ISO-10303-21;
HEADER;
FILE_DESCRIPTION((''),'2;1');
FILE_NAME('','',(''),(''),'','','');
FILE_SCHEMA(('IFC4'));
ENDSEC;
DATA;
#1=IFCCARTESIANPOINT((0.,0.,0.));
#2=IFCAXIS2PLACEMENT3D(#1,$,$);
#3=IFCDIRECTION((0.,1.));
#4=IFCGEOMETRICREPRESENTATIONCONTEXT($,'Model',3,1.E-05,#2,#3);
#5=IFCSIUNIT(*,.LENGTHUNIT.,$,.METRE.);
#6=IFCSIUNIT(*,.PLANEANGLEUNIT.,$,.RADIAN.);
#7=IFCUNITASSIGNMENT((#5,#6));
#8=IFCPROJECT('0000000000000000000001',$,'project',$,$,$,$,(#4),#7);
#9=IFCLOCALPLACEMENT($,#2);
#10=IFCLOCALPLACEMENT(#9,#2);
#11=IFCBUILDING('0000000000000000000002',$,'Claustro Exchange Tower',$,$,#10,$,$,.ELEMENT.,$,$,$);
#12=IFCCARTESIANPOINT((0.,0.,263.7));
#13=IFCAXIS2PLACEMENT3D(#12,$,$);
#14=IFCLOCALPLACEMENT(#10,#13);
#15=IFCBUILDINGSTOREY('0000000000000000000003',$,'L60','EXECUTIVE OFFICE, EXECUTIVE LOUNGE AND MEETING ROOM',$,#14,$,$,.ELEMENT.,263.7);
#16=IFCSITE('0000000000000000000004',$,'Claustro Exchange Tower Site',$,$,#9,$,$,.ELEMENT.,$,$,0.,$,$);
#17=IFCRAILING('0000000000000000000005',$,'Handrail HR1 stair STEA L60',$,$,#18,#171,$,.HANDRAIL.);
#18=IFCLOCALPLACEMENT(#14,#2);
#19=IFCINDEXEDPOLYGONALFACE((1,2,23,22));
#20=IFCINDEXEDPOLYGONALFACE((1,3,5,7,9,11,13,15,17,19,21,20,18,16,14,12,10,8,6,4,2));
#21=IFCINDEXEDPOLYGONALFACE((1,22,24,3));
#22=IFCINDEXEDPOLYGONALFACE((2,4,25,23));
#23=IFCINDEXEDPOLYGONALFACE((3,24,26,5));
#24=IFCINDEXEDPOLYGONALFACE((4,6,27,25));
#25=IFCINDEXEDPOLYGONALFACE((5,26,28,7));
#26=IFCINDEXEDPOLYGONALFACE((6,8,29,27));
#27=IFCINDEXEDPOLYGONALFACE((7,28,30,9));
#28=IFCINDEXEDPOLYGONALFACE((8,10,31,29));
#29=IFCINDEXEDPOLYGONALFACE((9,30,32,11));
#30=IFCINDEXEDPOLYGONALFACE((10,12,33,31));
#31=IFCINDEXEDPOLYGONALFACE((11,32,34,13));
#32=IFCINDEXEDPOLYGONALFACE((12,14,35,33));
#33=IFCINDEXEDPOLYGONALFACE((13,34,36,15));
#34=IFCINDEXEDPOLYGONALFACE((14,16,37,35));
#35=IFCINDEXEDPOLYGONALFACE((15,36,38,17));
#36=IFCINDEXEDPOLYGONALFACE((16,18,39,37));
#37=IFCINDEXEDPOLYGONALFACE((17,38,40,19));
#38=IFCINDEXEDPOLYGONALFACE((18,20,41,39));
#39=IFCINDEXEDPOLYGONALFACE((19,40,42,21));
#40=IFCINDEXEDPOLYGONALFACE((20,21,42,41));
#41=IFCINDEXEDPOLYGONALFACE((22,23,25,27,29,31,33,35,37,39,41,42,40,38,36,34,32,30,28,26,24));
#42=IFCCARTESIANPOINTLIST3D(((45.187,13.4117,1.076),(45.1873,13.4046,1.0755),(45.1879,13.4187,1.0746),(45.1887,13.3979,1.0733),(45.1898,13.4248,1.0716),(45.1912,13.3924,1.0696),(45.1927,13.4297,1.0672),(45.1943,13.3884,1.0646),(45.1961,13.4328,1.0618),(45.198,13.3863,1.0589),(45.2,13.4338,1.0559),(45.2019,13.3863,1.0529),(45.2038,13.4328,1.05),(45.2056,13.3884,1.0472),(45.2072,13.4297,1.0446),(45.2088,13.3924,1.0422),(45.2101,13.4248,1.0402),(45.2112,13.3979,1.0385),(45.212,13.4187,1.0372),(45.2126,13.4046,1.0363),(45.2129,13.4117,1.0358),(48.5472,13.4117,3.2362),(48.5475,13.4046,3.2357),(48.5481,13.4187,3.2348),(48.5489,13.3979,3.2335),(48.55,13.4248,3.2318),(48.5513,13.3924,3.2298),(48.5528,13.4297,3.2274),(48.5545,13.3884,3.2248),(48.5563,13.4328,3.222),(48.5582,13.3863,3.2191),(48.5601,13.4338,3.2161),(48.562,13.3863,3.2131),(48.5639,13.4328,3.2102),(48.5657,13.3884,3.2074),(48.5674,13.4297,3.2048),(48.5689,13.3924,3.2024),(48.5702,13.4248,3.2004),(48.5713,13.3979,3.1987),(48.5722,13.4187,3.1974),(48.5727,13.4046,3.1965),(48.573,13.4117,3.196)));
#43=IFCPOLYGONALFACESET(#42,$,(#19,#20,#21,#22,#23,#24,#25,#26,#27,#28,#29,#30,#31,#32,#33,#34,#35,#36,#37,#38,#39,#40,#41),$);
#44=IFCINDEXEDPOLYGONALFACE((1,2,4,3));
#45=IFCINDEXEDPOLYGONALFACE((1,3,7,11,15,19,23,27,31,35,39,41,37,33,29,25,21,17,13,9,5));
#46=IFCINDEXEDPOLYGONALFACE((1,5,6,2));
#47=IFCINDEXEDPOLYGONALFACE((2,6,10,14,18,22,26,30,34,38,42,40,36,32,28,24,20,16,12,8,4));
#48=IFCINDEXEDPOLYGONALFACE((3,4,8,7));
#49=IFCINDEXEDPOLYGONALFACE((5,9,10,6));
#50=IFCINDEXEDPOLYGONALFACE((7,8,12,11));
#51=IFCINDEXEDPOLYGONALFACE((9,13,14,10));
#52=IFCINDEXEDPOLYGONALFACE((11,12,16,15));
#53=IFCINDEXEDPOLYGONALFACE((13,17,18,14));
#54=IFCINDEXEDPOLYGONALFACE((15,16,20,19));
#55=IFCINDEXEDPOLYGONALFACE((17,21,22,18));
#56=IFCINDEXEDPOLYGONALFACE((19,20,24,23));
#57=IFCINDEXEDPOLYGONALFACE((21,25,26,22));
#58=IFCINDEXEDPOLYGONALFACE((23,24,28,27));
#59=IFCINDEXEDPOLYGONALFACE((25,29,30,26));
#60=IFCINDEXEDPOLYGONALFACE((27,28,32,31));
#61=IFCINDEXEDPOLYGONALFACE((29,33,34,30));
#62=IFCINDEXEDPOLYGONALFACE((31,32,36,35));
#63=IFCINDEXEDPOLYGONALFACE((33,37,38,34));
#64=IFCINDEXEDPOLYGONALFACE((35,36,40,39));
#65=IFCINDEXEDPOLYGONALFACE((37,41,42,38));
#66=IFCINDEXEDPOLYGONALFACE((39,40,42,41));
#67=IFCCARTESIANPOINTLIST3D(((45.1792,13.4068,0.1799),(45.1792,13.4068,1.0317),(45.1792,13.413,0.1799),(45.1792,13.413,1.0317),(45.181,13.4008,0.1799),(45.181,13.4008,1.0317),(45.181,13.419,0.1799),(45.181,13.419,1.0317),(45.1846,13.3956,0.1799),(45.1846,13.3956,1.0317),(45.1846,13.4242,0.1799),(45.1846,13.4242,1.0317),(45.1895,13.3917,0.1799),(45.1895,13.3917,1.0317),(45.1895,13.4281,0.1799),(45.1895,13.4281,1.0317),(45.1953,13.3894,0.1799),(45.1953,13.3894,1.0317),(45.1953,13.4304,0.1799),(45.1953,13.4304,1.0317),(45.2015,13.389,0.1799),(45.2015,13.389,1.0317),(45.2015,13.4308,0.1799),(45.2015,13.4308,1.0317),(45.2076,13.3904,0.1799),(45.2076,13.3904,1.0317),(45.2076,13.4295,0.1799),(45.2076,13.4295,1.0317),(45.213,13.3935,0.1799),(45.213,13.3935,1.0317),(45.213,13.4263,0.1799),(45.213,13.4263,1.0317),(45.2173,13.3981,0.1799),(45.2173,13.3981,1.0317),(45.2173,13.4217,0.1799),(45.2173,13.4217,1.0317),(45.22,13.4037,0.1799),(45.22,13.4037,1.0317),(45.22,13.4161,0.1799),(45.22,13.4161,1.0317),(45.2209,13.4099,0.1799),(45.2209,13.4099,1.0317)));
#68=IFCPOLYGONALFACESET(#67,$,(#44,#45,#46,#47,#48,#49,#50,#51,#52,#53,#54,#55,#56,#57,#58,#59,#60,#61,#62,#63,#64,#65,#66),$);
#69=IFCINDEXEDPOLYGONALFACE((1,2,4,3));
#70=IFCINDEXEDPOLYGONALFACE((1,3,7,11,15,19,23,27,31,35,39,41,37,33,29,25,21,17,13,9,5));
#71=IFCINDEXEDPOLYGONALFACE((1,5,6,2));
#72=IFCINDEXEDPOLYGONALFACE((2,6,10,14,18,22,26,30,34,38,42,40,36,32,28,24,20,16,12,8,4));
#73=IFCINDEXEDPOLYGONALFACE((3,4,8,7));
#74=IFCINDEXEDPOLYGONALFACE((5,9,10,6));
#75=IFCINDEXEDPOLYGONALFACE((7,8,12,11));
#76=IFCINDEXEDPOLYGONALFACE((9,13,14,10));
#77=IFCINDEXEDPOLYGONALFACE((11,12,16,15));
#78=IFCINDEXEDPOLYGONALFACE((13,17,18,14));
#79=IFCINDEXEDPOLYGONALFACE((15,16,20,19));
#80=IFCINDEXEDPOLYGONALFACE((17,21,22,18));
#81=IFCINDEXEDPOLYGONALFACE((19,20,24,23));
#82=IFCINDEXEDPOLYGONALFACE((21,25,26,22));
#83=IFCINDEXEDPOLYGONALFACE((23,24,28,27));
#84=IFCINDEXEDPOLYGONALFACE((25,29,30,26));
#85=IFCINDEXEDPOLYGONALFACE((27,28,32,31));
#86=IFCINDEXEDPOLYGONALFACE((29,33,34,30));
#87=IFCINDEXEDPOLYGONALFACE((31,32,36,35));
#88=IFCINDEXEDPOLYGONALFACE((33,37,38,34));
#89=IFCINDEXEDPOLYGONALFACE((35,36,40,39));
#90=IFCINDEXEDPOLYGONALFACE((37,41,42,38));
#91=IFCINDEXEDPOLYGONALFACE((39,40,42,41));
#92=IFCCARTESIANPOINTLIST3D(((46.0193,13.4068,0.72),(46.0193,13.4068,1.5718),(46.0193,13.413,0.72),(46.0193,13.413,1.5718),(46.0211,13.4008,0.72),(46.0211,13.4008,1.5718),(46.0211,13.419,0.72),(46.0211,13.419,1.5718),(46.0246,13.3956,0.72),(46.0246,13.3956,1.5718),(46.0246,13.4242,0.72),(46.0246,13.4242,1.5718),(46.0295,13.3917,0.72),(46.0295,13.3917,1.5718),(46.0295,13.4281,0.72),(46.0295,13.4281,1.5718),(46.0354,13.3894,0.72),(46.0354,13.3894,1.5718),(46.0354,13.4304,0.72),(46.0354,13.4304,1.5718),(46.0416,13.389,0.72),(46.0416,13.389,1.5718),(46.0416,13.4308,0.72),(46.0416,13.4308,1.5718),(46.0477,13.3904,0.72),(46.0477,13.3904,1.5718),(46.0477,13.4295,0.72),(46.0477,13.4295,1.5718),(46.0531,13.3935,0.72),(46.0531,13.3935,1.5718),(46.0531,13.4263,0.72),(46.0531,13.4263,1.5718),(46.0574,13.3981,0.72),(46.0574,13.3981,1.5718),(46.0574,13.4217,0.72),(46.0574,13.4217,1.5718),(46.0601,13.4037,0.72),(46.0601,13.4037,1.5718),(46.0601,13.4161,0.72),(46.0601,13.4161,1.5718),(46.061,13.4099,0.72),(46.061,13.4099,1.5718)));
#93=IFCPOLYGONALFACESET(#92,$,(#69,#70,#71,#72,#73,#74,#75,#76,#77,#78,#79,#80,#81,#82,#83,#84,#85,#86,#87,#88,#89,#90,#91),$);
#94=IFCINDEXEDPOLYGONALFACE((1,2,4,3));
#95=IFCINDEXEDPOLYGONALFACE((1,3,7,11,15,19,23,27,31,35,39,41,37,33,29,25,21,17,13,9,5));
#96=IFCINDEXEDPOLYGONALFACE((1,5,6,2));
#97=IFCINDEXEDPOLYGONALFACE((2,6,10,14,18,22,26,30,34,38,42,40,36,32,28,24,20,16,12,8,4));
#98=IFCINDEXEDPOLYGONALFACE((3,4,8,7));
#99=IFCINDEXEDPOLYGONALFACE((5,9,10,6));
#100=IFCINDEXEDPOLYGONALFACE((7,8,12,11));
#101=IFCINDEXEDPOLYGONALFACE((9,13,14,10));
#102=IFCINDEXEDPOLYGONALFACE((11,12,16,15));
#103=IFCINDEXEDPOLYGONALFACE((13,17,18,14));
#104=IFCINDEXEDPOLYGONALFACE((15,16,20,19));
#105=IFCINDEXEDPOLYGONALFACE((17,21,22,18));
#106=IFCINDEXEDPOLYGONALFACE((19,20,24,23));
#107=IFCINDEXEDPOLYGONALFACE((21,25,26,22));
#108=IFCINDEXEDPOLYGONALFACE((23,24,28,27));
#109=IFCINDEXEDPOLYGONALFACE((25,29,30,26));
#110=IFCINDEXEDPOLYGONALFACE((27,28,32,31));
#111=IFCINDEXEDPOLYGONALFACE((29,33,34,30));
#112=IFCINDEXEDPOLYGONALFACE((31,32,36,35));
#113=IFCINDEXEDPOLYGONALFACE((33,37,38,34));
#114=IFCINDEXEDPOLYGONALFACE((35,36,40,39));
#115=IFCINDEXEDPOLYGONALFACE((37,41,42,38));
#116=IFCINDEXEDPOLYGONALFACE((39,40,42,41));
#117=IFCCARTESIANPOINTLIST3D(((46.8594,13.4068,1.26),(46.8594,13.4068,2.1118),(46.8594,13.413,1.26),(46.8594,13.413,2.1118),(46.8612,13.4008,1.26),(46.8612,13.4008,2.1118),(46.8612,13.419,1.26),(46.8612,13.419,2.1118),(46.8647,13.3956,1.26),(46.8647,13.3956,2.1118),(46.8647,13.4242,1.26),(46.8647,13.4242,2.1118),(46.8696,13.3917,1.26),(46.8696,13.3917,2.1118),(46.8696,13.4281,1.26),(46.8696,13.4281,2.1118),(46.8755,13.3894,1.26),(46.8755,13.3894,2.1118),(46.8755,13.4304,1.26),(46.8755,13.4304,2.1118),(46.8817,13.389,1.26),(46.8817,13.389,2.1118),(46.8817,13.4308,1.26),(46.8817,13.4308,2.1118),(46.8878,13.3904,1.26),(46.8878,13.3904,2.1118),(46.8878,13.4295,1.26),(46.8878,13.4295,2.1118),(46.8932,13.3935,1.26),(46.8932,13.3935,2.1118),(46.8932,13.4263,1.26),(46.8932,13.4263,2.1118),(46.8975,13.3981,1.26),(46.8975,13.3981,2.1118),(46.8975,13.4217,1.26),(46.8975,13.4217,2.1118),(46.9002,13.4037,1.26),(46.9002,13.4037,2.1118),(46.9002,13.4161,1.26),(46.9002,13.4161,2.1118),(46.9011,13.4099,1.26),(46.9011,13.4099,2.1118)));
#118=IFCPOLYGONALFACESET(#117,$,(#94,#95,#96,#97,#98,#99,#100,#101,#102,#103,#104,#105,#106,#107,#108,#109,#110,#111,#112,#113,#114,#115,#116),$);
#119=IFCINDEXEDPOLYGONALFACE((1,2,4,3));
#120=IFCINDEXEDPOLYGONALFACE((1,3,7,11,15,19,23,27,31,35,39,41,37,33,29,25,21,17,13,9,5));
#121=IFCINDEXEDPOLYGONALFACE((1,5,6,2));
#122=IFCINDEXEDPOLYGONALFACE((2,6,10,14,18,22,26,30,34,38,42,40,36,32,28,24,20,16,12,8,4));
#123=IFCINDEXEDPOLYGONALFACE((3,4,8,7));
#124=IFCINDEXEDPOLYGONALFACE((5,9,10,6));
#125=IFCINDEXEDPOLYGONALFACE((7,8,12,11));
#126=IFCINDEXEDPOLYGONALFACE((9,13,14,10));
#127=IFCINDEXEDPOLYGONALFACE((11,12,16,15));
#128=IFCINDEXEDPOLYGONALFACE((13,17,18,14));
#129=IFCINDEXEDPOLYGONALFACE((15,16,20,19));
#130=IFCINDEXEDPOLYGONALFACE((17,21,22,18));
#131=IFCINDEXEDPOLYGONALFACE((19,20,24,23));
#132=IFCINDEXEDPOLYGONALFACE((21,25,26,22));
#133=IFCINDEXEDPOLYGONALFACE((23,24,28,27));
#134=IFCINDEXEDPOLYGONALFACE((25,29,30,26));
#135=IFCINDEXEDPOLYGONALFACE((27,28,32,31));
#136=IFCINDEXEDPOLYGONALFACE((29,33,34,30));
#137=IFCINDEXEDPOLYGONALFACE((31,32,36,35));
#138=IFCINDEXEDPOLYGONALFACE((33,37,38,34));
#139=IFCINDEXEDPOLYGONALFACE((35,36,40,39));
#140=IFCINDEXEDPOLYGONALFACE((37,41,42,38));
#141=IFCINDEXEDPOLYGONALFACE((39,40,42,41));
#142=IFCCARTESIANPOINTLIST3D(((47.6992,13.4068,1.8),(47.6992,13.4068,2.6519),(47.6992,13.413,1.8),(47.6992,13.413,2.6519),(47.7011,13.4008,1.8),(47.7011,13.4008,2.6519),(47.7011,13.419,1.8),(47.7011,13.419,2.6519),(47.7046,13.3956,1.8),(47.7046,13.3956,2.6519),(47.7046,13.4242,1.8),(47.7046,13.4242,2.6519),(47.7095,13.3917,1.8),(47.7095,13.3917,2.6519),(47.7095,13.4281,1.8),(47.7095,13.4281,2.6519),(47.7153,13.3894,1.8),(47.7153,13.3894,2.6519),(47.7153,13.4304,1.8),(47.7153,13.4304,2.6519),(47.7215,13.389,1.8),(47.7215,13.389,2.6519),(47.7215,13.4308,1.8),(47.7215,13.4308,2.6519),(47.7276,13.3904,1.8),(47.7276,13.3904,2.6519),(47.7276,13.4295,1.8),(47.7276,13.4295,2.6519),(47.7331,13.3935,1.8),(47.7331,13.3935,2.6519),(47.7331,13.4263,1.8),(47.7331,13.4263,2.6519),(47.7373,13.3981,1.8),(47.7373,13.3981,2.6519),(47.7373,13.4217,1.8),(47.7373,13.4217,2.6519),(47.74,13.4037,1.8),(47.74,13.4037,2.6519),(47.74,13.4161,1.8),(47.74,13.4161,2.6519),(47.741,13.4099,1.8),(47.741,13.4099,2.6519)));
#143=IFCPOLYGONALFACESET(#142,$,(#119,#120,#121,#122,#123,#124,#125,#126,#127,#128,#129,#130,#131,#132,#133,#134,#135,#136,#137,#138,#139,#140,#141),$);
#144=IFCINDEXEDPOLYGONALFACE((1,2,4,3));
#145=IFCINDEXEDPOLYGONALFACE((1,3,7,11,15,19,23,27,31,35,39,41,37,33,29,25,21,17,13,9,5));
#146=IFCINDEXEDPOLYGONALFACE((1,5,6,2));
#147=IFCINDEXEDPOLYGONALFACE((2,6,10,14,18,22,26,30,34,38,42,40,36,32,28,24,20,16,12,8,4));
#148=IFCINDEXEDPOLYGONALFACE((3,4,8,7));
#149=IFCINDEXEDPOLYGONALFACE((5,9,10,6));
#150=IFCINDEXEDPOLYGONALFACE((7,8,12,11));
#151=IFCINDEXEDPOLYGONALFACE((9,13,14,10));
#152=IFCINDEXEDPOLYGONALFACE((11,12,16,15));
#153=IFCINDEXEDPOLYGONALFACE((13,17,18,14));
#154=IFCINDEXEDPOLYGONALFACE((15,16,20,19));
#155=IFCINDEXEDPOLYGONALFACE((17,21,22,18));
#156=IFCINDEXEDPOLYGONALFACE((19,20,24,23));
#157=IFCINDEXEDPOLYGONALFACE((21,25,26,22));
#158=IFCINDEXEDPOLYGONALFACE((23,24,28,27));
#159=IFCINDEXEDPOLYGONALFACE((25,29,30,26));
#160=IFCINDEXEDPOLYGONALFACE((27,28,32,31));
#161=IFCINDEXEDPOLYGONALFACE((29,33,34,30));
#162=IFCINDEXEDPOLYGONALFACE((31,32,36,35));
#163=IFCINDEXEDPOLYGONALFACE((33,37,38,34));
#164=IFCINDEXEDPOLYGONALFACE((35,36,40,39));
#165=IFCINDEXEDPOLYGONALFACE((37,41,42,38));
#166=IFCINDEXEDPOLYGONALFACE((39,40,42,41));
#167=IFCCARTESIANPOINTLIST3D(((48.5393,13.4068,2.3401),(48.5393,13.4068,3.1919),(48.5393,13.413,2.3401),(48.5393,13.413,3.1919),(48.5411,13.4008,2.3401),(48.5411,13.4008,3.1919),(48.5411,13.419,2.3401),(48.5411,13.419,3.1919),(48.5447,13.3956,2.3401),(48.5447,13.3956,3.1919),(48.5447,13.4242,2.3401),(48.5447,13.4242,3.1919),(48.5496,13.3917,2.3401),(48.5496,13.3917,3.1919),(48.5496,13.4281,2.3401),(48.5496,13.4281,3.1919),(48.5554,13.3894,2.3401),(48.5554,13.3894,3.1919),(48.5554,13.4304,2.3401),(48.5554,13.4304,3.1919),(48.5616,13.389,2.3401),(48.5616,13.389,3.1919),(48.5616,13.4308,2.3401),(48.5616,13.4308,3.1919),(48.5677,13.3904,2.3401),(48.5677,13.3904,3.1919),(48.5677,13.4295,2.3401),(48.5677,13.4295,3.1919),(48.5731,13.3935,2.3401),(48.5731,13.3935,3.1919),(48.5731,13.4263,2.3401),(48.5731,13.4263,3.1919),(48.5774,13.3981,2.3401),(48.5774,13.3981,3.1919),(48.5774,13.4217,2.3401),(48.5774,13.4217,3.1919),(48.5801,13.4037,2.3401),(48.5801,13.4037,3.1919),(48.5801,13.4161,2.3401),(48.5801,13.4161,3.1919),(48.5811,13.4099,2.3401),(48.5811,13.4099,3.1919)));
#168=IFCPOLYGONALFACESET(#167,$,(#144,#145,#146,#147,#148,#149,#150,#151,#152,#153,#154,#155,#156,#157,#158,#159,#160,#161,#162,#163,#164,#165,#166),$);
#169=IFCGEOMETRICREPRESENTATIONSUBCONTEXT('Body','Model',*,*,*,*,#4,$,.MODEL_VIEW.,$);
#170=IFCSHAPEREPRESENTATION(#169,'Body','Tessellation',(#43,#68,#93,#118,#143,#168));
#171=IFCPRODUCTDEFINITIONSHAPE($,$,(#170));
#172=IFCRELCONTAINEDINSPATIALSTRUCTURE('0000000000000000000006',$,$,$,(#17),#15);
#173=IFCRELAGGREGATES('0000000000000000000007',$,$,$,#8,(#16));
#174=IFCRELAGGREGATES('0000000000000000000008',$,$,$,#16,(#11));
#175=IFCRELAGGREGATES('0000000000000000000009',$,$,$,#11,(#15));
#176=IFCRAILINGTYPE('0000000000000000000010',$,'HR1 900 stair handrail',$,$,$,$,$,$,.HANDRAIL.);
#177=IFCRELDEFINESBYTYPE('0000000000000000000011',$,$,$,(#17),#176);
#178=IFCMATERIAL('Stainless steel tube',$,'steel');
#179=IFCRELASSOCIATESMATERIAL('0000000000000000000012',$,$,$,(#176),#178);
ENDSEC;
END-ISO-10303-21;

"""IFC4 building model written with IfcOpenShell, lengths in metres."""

from ifc_helpers import new_model, si_unit, direction, frame, origin, origin_2d, place, context, subcontext, project, spatial, circle, extrude, material, type_object, element, save


model = new_model("IFC4")

# Units and contexts
model_context = context("Model", 3, precision=1e-05, world=origin(), true_north=direction((0.0, 1.0)))
body_context = subcontext(model_context, "Body", "Model", "MODEL_VIEW")
ifc_project = project(units=[si_unit("LENGTHUNIT", "METRE"), si_unit("PLANEANGLEUNIT", "RADIAN")], contexts=[model_context])

# Site, building, storey
site_placement = place(None, origin())
site = spatial("IfcSite", under=ifc_project, at=site_placement, Name="Claustro Exchange Tower Site", CompositionType="ELEMENT", RefElevation=0.0)
building_placement = place(site_placement, origin())
building = spatial("IfcBuilding", under=site, at=building_placement, Name="Claustro Exchange Tower", CompositionType="ELEMENT")
storey_placement = place(building_placement, frame((0.0, 0.0, 263.7)))
storey = spatial("IfcBuildingStorey", under=building, at=storey_placement, Name="L60", Description="EXECUTIVE OFFICE, EXECUTIVE LOUNGE AND MEETING ROOM", CompositionType="ELEMENT", Elevation=263.7)

# Railing
ifc_material_1 = material(Name="Stainless steel tube", Category="steel")
railing_type_1 = type_object("IfcRailingType", Name="HR1 900 stair handrail", PredefinedType="HANDRAIL", material=ifc_material_1)
railing_1_placement = place(storey_placement, frame((45.2, 13.4099, 0.1799)))
element("IfcRailing", 1, at=railing_1_placement, inside=storey, type_object=railing_type_1, Name="Handrail HR1 stair STEA L60", PredefinedType="HANDRAIL", context=body_context, shape_type="SweptSolid", body=[
    extrude(circle(Radius=0.0239, at=origin_2d()), frame((0.0, 0.0, 0.876), z_axis=(0.841169, 0.0, 0.540773), x_axis=(0.0, 1.0, 0.0)), (0.0, 0.0, 1.0), 3.9946),
    extrude(circle(Radius=0.021, at=origin_2d()), origin(), (0.0, 0.0, 1.0), 0.8518),
    extrude(circle(Radius=0.021, at=origin_2d()), frame((0.8401, 0.0, 0.54)), (0.0, 0.0, 1.0), 0.8518),
    extrude(circle(Radius=0.021, at=origin_2d()), frame((1.6802, 0.0, 1.0801)), (0.0, 0.0, 1.0), 0.8518),
    extrude(circle(Radius=0.021, at=origin_2d()), frame((2.52, 0.0, 1.6201)), (0.0, 0.0, 1.0), 0.8518),
    extrude(circle(Radius=0.021, at=origin_2d()), frame((3.3601, 0.0, 2.1602)), (0.0, 0.0, 1.0), 0.8518),
])

save(model, "model.ifc")
